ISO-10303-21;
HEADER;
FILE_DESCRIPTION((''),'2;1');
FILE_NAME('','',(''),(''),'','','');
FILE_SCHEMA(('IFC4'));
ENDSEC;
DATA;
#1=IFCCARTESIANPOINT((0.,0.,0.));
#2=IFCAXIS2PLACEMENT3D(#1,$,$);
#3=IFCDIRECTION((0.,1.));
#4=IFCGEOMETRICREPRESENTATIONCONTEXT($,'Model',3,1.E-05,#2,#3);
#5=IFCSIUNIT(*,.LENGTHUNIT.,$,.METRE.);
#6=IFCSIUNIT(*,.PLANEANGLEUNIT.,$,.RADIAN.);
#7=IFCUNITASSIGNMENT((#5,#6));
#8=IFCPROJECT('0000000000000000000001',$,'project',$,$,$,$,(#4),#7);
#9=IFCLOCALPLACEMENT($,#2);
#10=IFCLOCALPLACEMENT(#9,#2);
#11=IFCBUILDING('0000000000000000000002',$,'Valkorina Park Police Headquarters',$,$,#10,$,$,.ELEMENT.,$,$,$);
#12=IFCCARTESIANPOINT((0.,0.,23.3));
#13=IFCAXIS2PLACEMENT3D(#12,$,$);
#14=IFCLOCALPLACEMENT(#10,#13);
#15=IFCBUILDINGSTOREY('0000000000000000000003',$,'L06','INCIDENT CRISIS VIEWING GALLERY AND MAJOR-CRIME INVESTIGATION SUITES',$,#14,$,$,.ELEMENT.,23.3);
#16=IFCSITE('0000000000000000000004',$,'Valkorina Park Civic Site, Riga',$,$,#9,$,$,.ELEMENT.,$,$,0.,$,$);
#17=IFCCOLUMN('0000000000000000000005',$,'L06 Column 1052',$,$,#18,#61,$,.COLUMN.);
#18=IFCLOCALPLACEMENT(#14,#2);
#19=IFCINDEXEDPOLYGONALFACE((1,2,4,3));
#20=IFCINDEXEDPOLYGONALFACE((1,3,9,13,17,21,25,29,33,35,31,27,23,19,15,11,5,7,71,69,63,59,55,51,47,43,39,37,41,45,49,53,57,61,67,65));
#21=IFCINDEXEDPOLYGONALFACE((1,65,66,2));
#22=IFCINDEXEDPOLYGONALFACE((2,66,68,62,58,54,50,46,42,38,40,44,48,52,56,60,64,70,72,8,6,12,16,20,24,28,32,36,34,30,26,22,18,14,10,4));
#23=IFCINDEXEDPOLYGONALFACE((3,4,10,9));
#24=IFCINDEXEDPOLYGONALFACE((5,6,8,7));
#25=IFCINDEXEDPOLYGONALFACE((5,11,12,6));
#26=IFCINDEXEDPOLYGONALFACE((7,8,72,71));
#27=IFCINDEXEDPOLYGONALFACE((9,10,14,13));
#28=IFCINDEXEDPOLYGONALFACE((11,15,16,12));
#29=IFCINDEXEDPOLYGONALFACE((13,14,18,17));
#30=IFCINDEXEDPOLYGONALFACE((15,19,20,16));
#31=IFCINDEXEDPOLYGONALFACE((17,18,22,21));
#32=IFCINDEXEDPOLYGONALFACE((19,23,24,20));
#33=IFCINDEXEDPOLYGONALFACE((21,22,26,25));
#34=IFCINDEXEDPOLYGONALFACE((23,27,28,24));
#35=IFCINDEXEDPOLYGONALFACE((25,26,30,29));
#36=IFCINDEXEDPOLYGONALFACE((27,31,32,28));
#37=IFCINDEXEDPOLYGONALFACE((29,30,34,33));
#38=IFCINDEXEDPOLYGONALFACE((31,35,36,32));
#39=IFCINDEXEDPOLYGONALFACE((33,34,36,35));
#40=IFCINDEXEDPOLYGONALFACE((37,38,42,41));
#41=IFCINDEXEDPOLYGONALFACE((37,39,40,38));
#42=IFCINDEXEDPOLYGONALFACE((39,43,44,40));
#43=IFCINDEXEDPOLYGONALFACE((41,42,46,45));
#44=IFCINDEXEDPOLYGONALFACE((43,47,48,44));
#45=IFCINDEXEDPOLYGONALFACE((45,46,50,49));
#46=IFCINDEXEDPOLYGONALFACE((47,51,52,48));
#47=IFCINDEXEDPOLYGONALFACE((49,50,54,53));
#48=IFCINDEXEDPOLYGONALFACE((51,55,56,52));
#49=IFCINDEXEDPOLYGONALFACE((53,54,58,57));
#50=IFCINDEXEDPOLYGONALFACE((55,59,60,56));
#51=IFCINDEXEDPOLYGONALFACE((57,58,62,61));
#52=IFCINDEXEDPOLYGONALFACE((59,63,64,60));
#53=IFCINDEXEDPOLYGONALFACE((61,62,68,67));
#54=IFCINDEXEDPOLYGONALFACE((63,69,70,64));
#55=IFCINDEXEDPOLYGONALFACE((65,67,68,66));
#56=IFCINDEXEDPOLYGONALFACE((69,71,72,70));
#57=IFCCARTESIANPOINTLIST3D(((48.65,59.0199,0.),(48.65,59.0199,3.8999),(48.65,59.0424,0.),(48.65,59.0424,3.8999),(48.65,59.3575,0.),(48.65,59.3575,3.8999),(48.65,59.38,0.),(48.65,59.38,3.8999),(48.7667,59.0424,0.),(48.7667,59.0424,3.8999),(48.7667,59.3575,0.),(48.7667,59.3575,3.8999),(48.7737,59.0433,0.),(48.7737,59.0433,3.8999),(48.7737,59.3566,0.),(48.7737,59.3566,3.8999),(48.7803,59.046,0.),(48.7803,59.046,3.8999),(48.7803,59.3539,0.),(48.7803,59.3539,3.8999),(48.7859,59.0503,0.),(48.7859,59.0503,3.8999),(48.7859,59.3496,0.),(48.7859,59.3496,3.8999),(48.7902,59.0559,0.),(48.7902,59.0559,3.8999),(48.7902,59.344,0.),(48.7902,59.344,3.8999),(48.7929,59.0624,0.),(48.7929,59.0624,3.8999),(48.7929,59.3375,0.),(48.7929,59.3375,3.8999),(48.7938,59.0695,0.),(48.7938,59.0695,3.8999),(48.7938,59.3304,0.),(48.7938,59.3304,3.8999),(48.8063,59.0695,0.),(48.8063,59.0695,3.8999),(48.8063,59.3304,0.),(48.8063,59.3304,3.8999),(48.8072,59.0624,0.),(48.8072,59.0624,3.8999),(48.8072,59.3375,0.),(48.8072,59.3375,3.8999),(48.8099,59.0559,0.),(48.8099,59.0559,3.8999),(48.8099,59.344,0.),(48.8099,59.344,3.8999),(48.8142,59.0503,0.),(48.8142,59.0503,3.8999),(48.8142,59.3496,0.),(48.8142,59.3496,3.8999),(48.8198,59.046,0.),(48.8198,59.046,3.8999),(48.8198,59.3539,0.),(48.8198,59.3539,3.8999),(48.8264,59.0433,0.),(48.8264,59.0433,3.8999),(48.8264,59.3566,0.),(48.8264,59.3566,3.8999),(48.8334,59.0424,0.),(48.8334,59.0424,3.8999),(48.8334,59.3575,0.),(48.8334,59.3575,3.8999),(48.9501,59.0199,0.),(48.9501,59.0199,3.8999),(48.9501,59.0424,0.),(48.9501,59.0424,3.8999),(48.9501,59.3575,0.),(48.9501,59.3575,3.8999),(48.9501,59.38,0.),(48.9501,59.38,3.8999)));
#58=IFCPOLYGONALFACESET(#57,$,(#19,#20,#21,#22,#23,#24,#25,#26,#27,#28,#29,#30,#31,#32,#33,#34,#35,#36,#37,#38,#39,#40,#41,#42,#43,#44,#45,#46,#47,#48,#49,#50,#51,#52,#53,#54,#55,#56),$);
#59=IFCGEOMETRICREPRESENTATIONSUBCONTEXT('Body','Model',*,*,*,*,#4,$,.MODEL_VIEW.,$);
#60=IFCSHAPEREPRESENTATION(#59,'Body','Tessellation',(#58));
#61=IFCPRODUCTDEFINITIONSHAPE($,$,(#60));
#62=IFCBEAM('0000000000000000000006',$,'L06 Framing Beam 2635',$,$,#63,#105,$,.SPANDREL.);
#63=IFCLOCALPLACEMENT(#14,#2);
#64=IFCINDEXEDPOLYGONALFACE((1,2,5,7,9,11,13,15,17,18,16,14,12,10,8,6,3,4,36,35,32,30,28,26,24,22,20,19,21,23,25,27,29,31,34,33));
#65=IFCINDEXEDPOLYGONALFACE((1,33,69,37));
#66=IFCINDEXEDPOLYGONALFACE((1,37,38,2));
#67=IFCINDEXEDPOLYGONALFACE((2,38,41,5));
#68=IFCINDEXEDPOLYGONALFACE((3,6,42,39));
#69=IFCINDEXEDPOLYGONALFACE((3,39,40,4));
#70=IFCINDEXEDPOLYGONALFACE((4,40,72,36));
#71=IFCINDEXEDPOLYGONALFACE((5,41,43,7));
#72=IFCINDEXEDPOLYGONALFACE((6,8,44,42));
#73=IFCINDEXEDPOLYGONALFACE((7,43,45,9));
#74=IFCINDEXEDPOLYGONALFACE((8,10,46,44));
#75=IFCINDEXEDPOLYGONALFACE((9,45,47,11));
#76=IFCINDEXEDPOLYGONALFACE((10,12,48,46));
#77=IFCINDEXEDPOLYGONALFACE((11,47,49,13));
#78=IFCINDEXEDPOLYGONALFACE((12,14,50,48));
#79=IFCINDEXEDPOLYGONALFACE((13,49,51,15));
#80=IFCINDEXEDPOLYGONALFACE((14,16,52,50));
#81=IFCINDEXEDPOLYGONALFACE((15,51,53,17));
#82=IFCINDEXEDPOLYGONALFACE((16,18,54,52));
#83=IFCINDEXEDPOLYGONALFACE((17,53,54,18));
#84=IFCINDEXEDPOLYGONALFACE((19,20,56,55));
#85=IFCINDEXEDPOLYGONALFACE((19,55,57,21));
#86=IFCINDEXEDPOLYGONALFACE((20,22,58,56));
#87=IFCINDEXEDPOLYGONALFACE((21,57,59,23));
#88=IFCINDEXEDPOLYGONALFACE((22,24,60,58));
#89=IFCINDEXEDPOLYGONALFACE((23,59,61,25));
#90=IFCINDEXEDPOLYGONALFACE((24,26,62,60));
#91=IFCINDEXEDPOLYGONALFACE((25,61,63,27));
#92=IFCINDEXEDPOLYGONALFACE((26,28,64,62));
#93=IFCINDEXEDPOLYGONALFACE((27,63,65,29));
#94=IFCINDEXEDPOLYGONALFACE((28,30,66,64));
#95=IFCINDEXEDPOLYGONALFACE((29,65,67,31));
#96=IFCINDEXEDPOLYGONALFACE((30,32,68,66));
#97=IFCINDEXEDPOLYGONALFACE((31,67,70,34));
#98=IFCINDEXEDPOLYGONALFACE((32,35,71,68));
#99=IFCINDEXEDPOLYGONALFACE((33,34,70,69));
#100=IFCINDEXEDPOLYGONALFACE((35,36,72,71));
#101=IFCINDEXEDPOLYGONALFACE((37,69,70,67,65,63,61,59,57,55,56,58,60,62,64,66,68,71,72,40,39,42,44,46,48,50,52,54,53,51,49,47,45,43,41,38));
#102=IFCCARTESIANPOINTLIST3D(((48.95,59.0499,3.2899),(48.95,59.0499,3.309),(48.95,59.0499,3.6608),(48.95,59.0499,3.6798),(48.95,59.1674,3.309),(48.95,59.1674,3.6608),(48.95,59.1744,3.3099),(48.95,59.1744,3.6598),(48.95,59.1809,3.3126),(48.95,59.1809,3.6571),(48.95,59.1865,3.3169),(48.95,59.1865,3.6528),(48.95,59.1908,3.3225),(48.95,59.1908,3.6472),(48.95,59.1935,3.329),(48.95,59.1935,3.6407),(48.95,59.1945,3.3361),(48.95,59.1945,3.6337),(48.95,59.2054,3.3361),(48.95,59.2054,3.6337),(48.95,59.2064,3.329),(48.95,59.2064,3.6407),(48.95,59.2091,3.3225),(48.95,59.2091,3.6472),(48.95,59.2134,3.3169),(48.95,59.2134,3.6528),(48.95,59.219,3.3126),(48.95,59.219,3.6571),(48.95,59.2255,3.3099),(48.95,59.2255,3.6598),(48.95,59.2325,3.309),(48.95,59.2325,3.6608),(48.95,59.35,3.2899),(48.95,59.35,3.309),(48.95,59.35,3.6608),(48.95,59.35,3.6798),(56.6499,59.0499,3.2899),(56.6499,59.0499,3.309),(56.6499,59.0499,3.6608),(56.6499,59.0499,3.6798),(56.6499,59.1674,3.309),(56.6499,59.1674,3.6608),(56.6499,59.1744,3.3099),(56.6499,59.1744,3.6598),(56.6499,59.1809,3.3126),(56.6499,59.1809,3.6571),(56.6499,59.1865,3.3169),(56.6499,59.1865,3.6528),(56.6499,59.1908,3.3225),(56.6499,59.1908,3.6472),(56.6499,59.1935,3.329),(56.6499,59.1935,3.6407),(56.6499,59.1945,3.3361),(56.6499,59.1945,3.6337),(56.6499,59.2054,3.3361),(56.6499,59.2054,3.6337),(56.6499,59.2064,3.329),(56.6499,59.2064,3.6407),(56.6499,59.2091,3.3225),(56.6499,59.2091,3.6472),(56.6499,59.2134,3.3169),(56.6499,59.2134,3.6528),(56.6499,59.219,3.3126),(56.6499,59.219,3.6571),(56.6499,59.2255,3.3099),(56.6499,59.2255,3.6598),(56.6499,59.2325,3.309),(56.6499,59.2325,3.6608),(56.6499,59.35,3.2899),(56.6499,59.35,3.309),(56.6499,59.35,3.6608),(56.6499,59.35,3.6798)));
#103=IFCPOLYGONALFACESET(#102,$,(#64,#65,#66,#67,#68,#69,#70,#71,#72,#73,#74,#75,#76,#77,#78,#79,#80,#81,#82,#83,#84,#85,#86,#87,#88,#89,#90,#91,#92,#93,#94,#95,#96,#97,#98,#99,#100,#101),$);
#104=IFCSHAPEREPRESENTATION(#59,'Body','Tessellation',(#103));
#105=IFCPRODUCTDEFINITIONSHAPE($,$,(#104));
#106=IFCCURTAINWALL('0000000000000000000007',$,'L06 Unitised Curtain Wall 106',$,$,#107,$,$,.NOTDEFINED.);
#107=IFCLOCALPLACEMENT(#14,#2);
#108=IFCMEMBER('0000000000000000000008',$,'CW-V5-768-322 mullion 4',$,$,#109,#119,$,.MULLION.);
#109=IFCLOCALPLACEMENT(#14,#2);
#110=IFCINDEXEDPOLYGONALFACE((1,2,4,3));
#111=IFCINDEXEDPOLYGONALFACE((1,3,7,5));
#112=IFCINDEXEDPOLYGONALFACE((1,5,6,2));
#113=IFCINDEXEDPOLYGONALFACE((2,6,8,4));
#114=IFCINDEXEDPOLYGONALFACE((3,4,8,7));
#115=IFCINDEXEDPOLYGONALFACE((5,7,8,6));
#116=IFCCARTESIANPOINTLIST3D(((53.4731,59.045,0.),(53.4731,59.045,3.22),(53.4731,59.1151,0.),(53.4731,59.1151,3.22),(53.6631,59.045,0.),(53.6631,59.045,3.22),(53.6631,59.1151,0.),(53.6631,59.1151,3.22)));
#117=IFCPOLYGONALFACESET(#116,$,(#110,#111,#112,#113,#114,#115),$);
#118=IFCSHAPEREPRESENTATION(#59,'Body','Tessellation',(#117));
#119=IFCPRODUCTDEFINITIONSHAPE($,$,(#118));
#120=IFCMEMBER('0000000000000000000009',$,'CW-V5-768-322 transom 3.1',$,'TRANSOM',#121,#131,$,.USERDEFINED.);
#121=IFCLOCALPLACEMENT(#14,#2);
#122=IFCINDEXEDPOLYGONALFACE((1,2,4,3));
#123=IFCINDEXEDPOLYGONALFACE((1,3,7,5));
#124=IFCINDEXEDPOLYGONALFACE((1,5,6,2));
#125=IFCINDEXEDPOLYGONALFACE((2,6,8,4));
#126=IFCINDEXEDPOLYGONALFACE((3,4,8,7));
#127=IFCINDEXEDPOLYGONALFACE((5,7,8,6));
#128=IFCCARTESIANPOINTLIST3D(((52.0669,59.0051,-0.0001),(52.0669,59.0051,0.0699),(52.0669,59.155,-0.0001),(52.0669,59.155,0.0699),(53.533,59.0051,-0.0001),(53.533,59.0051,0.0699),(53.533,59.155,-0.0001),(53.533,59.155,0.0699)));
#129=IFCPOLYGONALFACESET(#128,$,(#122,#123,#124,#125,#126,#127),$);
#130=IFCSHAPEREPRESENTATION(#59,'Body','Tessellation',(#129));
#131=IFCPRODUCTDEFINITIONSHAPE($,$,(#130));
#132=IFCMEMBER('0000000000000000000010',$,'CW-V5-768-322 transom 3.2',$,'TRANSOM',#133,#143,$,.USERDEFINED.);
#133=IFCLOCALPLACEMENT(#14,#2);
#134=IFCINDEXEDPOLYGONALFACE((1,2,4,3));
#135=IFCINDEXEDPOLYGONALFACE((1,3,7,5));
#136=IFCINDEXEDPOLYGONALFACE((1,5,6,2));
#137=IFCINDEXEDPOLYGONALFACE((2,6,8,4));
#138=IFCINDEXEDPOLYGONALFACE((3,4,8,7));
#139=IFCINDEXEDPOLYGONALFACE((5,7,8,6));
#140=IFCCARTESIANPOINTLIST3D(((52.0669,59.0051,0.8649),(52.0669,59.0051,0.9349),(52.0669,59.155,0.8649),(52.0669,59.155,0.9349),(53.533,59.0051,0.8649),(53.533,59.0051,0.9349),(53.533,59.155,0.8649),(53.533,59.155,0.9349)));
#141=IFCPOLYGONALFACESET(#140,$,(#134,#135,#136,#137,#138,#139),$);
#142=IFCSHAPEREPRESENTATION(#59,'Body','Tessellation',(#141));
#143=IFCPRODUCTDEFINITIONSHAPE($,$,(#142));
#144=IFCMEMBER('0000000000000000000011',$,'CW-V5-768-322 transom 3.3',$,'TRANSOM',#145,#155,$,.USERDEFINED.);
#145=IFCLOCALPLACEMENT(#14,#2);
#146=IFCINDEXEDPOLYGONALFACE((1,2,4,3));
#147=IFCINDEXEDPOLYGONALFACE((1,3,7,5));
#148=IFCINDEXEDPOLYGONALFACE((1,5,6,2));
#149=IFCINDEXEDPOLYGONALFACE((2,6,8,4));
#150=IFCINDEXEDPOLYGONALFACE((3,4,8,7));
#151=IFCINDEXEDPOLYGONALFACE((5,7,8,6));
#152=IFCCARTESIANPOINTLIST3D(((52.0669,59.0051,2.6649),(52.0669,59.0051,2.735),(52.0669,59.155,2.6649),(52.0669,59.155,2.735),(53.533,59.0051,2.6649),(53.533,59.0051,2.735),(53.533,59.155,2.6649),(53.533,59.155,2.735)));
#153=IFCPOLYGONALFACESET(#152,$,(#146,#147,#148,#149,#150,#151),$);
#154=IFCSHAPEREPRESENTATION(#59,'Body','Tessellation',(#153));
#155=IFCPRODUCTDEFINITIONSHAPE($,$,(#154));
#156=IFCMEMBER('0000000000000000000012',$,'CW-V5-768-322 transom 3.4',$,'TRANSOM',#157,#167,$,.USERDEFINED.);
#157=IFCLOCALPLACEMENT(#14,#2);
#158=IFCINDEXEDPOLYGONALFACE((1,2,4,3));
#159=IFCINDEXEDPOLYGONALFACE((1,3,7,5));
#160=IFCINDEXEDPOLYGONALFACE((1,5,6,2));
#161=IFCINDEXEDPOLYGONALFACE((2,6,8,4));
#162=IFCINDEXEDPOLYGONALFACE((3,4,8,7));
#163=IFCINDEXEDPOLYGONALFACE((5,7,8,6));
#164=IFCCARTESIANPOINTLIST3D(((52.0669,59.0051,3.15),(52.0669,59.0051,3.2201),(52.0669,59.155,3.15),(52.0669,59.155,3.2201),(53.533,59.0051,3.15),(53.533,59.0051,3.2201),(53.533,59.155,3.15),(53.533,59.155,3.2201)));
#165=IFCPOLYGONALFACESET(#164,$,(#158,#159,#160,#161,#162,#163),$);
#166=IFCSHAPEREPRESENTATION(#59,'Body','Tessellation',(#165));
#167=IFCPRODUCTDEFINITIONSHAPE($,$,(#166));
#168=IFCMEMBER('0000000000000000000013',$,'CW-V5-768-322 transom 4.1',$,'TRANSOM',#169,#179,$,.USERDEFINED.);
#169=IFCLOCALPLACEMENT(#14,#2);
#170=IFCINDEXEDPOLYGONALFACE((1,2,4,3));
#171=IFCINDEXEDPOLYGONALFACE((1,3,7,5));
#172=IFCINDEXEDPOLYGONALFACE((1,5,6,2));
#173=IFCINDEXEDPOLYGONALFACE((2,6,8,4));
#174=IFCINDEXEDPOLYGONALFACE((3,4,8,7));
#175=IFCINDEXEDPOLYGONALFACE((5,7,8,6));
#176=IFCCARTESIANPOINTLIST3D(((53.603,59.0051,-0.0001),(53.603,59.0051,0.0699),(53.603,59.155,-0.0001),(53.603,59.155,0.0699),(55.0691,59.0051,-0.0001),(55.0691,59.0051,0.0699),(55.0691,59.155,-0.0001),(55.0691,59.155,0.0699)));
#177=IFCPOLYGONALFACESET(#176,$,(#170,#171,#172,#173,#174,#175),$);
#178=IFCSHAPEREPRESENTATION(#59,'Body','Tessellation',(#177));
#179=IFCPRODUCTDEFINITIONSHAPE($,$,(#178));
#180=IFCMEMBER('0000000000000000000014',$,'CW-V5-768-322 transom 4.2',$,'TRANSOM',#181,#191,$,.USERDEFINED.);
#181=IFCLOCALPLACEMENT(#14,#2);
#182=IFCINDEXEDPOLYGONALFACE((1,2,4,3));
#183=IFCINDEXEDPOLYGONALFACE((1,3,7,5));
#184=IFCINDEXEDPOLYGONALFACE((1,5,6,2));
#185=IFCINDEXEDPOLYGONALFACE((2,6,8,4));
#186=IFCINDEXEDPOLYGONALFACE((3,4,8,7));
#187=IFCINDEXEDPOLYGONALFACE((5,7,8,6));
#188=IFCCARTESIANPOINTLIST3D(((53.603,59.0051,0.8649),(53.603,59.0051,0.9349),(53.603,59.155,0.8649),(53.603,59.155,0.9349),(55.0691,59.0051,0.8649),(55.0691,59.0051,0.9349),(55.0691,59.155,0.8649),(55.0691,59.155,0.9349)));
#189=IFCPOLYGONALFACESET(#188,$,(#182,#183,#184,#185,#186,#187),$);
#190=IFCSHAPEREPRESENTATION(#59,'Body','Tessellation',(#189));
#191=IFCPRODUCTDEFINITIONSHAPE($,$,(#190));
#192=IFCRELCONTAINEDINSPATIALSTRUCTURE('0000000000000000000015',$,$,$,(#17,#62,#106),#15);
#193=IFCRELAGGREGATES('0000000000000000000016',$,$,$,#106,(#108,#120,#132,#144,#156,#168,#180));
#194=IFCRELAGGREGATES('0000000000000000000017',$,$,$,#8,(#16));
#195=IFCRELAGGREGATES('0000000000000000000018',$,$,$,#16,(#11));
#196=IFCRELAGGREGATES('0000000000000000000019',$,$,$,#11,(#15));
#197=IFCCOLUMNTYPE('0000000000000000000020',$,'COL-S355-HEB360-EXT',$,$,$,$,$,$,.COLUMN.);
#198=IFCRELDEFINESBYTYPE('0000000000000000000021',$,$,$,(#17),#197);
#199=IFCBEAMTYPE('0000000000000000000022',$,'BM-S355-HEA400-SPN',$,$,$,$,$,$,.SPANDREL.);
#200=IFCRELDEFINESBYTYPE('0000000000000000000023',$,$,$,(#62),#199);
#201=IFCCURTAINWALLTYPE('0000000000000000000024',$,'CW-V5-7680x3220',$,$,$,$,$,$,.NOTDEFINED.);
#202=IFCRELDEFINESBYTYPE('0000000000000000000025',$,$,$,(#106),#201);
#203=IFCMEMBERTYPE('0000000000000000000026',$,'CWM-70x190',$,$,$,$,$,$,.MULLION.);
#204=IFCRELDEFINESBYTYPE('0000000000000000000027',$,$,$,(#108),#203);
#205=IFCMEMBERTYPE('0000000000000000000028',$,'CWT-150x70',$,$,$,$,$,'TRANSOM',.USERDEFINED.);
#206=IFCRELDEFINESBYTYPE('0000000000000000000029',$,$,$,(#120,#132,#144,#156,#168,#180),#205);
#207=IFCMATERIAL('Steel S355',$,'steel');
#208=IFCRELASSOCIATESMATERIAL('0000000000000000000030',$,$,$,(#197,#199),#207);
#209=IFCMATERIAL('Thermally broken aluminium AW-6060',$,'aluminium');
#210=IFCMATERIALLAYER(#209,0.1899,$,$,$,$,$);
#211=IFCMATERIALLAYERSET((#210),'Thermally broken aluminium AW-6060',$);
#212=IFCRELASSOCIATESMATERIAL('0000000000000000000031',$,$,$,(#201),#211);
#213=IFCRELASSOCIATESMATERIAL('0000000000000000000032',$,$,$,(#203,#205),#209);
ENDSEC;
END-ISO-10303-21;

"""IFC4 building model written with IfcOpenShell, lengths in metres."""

from ifc_helpers import new_model, si_unit, direction, frame, origin, origin_2d, place, context, subcontext, project, spatial, rectangle, i_section, extrude, material, layer, layer_set, material_profile, profile_set, type_object, element, aggregate, save


model = new_model("IFC4")

# Units and contexts
model_context = context("Model", 3, precision=1e-05, world=origin(), true_north=direction((0.0, 1.0)))
body_context = subcontext(model_context, "Body", "Model", "MODEL_VIEW")
ifc_project = project(units=[si_unit("LENGTHUNIT", "METRE"), si_unit("PLANEANGLEUNIT", "RADIAN")], contexts=[model_context])

# Site, building, storey
site_placement = place(None, origin())
site = spatial("IfcSite", under=ifc_project, at=site_placement, Name="Valkorina Park Civic Site, Riga", CompositionType="ELEMENT", RefElevation=0.0)
building_placement = place(site_placement, origin())
building = spatial("IfcBuilding", under=site, at=building_placement, Name="Valkorina Park Police Headquarters", CompositionType="ELEMENT")
storey_placement = place(building_placement, frame((0.0, 0.0, 23.3)))
storey = spatial("IfcBuildingStorey", under=building, at=storey_placement, Name="L06", Description="INCIDENT CRISIS VIEWING GALLERY AND MAJOR-CRIME INVESTIGATION SUITES", CompositionType="ELEMENT", Elevation=23.3)

# Column
ifc_material_1 = material(Name="Steel S355", Category="steel")
ifc_material_profile_1 = material_profile(ifc_material_1, i_section(OverallWidth=0.3, OverallDepth=0.3601, WebThickness=0.0125, FlangeThickness=0.0225, FilletRadius=0.0271, at=origin_2d()), Name="HEB 360")
ifc_profile_set_1 = profile_set([ifc_material_profile_1], Name="Steel S355")
column_type = type_object("IfcColumnType", Name="COL-S355-HEB360-EXT", PredefinedType="COLUMN", material=ifc_profile_set_1)
column_placement = place(storey_placement, frame((48.8, 59.2, 0.0), z_axis=(0.0, 0.0, 1.0), x_axis=(1.0, 0.0, 0.0)))
element("IfcColumn", 1, at=column_placement, inside=storey, type_object=column_type, Name="L06 Column 1052", PredefinedType="COLUMN", context=body_context, shape_type="SweptSolid", body=[
    extrude(i_section(OverallWidth=0.3, OverallDepth=0.3601, WebThickness=0.0125, FlangeThickness=0.0225, FilletRadius=0.0271, at=origin_2d()), origin(), (0.0, 0.0, 1.0), 3.8999),
])

# Beam
ifc_material_profile_2 = material_profile(ifc_material_1, i_section(OverallWidth=0.3, OverallDepth=0.3899, WebThickness=0.011, FlangeThickness=0.019, FilletRadius=0.0271, at=origin_2d()), Name="HEA 400")
ifc_profile_set_2 = profile_set([ifc_material_profile_2], Name="Steel S355")
beam_type = type_object("IfcBeamType", Name="BM-S355-HEA400-SPN", PredefinedType="SPANDREL", material=ifc_profile_set_2)
beam_placement = place(storey_placement, frame((48.95, 59.2, 3.4849), z_axis=(1.0, 0.0, 0.0), x_axis=(0.0, 1.0, 0.0)))
element("IfcBeam", 2, at=beam_placement, inside=storey, type_object=beam_type, Name="L06 Framing Beam 2635", PredefinedType="SPANDREL", context=body_context, shape_type="SweptSolid", body=[
    extrude(i_section(OverallWidth=0.3, OverallDepth=0.3899, WebThickness=0.011, FlangeThickness=0.019, FilletRadius=0.0271, at=origin_2d()), origin(), (0.0, 0.0, 1.0), 7.7),
])

# Curtain wall, members
ifc_material_2 = material(Name="Thermally broken aluminium AW-6060", Category="aluminium")
ifc_layer_1 = layer(ifc_material_2, 0.1899)
ifc_layer_set_1 = layer_set([ifc_layer_1], Name="Thermally broken aluminium AW-6060")
curtain_wall_type = type_object("IfcCurtainWallType", Name="CW-V5-7680x3220", PredefinedType="NOTDEFINED", material=ifc_layer_set_1)
curtain_wall_placement = place(storey_placement, origin())
curtain_wall = element("IfcCurtainWall", 3, at=curtain_wall_placement, inside=storey, type_object=curtain_wall_type, Name="L06 Unitised Curtain Wall 106", PredefinedType="NOTDEFINED")
ifc_material_profile_3 = material_profile(ifc_material_2, rectangle(XDim=0.0701, YDim=0.1899, at=origin_2d()), Name="CWM-02 70x190")
ifc_profile_set_3 = profile_set([ifc_material_profile_3], Name="Thermally broken aluminium AW-6060")
member_type_1 = type_object("IfcMemberType", Name="CWM-70x190", PredefinedType="MULLION", material=ifc_profile_set_3)
member_1_placement = place(storey_placement, frame((53.5681, 59.0801, 0.0), z_axis=(0.0, 0.0, 1.0), x_axis=(0.0, 1.0, 0.0)))
member_1 = element("IfcMember", 4, at=member_1_placement, type_object=member_type_1, Name="CW-V5-768-322 mullion 4", PredefinedType="MULLION", context=body_context, shape_type="SweptSolid", body=[
    extrude(rectangle(XDim=0.0701, YDim=0.1899, at=origin_2d()), origin(), (0.0, 0.0, 1.0), 3.22),
])
ifc_material_profile_4 = material_profile(ifc_material_2, rectangle(XDim=0.1499, YDim=0.0701, at=origin_2d()), Name="CWT-02 150x70")
ifc_profile_set_4 = profile_set([ifc_material_profile_4], Name="Thermally broken aluminium AW-6060")
member_type_2 = type_object("IfcMemberType", Name="CWT-150x70", ElementType="TRANSOM", PredefinedType="USERDEFINED", material=ifc_profile_set_4)
member_2_placement = place(storey_placement, frame((52.0669, 59.0801, 0.0349), z_axis=(1.0, 0.0, 0.0), x_axis=(0.0, 1.0, 0.0)))
member_2 = element("IfcMember", 5, at=member_2_placement, type_object=member_type_2, Name="CW-V5-768-322 transom 3.1", ObjectType="TRANSOM", PredefinedType="USERDEFINED", context=body_context, shape_type="SweptSolid", body=[
    extrude(rectangle(XDim=0.1499, YDim=0.0701, at=origin_2d()), origin(), (0.0, 0.0, 1.0), 1.4661),
])
member_3_placement = place(storey_placement, frame((52.0669, 59.0801, 0.8999), z_axis=(1.0, 0.0, 0.0), x_axis=(0.0, 1.0, 0.0)))
member_3 = element("IfcMember", 6, at=member_3_placement, type_object=member_type_2, Name="CW-V5-768-322 transom 3.2", ObjectType="TRANSOM", PredefinedType="USERDEFINED", context=body_context, shape_type="SweptSolid", body=[
    extrude(rectangle(XDim=0.1499, YDim=0.0701, at=origin_2d()), origin(), (0.0, 0.0, 1.0), 1.4661),
])
member_4_placement = place(storey_placement, frame((52.0669, 59.0801, 2.7), z_axis=(1.0, 0.0, 0.0), x_axis=(0.0, 1.0, 0.0)))
member_4 = element("IfcMember", 7, at=member_4_placement, type_object=member_type_2, Name="CW-V5-768-322 transom 3.3", ObjectType="TRANSOM", PredefinedType="USERDEFINED", context=body_context, shape_type="SweptSolid", body=[
    extrude(rectangle(XDim=0.1499, YDim=0.0701, at=origin_2d()), origin(), (0.0, 0.0, 1.0), 1.4661),
])
member_5_placement = place(storey_placement, frame((52.0669, 59.0801, 3.1851), z_axis=(1.0, 0.0, 0.0), x_axis=(0.0, 1.0, 0.0)))
member_5 = element("IfcMember", 8, at=member_5_placement, type_object=member_type_2, Name="CW-V5-768-322 transom 3.4", ObjectType="TRANSOM", PredefinedType="USERDEFINED", context=body_context, shape_type="SweptSolid", body=[
    extrude(rectangle(XDim=0.1499, YDim=0.0701, at=origin_2d()), origin(), (0.0, 0.0, 1.0), 1.4661),
])
member_6_placement = place(storey_placement, frame((53.603, 59.0801, 0.0349), z_axis=(1.0, 0.0, 0.0), x_axis=(0.0, 1.0, 0.0)))
member_6 = element("IfcMember", 9, at=member_6_placement, type_object=member_type_2, Name="CW-V5-768-322 transom 4.1", ObjectType="TRANSOM", PredefinedType="USERDEFINED", context=body_context, shape_type="SweptSolid", body=[
    extrude(rectangle(XDim=0.1499, YDim=0.0701, at=origin_2d()), origin(), (0.0, 0.0, 1.0), 1.4661),
])
member_7_placement = place(storey_placement, frame((53.603, 59.0801, 0.8999), z_axis=(1.0, 0.0, 0.0), x_axis=(0.0, 1.0, 0.0)))
member_7 = element("IfcMember", 10, at=member_7_placement, type_object=member_type_2, Name="CW-V5-768-322 transom 4.2", ObjectType="TRANSOM", PredefinedType="USERDEFINED", context=body_context, shape_type="SweptSolid", body=[
    extrude(rectangle(XDim=0.1499, YDim=0.0701, at=origin_2d()), origin(), (0.0, 0.0, 1.0), 1.4661),
])
aggregate(curtain_wall, [member_1, member_2, member_3, member_4, member_5, member_6, member_7])

save(model, "model.ifc")
